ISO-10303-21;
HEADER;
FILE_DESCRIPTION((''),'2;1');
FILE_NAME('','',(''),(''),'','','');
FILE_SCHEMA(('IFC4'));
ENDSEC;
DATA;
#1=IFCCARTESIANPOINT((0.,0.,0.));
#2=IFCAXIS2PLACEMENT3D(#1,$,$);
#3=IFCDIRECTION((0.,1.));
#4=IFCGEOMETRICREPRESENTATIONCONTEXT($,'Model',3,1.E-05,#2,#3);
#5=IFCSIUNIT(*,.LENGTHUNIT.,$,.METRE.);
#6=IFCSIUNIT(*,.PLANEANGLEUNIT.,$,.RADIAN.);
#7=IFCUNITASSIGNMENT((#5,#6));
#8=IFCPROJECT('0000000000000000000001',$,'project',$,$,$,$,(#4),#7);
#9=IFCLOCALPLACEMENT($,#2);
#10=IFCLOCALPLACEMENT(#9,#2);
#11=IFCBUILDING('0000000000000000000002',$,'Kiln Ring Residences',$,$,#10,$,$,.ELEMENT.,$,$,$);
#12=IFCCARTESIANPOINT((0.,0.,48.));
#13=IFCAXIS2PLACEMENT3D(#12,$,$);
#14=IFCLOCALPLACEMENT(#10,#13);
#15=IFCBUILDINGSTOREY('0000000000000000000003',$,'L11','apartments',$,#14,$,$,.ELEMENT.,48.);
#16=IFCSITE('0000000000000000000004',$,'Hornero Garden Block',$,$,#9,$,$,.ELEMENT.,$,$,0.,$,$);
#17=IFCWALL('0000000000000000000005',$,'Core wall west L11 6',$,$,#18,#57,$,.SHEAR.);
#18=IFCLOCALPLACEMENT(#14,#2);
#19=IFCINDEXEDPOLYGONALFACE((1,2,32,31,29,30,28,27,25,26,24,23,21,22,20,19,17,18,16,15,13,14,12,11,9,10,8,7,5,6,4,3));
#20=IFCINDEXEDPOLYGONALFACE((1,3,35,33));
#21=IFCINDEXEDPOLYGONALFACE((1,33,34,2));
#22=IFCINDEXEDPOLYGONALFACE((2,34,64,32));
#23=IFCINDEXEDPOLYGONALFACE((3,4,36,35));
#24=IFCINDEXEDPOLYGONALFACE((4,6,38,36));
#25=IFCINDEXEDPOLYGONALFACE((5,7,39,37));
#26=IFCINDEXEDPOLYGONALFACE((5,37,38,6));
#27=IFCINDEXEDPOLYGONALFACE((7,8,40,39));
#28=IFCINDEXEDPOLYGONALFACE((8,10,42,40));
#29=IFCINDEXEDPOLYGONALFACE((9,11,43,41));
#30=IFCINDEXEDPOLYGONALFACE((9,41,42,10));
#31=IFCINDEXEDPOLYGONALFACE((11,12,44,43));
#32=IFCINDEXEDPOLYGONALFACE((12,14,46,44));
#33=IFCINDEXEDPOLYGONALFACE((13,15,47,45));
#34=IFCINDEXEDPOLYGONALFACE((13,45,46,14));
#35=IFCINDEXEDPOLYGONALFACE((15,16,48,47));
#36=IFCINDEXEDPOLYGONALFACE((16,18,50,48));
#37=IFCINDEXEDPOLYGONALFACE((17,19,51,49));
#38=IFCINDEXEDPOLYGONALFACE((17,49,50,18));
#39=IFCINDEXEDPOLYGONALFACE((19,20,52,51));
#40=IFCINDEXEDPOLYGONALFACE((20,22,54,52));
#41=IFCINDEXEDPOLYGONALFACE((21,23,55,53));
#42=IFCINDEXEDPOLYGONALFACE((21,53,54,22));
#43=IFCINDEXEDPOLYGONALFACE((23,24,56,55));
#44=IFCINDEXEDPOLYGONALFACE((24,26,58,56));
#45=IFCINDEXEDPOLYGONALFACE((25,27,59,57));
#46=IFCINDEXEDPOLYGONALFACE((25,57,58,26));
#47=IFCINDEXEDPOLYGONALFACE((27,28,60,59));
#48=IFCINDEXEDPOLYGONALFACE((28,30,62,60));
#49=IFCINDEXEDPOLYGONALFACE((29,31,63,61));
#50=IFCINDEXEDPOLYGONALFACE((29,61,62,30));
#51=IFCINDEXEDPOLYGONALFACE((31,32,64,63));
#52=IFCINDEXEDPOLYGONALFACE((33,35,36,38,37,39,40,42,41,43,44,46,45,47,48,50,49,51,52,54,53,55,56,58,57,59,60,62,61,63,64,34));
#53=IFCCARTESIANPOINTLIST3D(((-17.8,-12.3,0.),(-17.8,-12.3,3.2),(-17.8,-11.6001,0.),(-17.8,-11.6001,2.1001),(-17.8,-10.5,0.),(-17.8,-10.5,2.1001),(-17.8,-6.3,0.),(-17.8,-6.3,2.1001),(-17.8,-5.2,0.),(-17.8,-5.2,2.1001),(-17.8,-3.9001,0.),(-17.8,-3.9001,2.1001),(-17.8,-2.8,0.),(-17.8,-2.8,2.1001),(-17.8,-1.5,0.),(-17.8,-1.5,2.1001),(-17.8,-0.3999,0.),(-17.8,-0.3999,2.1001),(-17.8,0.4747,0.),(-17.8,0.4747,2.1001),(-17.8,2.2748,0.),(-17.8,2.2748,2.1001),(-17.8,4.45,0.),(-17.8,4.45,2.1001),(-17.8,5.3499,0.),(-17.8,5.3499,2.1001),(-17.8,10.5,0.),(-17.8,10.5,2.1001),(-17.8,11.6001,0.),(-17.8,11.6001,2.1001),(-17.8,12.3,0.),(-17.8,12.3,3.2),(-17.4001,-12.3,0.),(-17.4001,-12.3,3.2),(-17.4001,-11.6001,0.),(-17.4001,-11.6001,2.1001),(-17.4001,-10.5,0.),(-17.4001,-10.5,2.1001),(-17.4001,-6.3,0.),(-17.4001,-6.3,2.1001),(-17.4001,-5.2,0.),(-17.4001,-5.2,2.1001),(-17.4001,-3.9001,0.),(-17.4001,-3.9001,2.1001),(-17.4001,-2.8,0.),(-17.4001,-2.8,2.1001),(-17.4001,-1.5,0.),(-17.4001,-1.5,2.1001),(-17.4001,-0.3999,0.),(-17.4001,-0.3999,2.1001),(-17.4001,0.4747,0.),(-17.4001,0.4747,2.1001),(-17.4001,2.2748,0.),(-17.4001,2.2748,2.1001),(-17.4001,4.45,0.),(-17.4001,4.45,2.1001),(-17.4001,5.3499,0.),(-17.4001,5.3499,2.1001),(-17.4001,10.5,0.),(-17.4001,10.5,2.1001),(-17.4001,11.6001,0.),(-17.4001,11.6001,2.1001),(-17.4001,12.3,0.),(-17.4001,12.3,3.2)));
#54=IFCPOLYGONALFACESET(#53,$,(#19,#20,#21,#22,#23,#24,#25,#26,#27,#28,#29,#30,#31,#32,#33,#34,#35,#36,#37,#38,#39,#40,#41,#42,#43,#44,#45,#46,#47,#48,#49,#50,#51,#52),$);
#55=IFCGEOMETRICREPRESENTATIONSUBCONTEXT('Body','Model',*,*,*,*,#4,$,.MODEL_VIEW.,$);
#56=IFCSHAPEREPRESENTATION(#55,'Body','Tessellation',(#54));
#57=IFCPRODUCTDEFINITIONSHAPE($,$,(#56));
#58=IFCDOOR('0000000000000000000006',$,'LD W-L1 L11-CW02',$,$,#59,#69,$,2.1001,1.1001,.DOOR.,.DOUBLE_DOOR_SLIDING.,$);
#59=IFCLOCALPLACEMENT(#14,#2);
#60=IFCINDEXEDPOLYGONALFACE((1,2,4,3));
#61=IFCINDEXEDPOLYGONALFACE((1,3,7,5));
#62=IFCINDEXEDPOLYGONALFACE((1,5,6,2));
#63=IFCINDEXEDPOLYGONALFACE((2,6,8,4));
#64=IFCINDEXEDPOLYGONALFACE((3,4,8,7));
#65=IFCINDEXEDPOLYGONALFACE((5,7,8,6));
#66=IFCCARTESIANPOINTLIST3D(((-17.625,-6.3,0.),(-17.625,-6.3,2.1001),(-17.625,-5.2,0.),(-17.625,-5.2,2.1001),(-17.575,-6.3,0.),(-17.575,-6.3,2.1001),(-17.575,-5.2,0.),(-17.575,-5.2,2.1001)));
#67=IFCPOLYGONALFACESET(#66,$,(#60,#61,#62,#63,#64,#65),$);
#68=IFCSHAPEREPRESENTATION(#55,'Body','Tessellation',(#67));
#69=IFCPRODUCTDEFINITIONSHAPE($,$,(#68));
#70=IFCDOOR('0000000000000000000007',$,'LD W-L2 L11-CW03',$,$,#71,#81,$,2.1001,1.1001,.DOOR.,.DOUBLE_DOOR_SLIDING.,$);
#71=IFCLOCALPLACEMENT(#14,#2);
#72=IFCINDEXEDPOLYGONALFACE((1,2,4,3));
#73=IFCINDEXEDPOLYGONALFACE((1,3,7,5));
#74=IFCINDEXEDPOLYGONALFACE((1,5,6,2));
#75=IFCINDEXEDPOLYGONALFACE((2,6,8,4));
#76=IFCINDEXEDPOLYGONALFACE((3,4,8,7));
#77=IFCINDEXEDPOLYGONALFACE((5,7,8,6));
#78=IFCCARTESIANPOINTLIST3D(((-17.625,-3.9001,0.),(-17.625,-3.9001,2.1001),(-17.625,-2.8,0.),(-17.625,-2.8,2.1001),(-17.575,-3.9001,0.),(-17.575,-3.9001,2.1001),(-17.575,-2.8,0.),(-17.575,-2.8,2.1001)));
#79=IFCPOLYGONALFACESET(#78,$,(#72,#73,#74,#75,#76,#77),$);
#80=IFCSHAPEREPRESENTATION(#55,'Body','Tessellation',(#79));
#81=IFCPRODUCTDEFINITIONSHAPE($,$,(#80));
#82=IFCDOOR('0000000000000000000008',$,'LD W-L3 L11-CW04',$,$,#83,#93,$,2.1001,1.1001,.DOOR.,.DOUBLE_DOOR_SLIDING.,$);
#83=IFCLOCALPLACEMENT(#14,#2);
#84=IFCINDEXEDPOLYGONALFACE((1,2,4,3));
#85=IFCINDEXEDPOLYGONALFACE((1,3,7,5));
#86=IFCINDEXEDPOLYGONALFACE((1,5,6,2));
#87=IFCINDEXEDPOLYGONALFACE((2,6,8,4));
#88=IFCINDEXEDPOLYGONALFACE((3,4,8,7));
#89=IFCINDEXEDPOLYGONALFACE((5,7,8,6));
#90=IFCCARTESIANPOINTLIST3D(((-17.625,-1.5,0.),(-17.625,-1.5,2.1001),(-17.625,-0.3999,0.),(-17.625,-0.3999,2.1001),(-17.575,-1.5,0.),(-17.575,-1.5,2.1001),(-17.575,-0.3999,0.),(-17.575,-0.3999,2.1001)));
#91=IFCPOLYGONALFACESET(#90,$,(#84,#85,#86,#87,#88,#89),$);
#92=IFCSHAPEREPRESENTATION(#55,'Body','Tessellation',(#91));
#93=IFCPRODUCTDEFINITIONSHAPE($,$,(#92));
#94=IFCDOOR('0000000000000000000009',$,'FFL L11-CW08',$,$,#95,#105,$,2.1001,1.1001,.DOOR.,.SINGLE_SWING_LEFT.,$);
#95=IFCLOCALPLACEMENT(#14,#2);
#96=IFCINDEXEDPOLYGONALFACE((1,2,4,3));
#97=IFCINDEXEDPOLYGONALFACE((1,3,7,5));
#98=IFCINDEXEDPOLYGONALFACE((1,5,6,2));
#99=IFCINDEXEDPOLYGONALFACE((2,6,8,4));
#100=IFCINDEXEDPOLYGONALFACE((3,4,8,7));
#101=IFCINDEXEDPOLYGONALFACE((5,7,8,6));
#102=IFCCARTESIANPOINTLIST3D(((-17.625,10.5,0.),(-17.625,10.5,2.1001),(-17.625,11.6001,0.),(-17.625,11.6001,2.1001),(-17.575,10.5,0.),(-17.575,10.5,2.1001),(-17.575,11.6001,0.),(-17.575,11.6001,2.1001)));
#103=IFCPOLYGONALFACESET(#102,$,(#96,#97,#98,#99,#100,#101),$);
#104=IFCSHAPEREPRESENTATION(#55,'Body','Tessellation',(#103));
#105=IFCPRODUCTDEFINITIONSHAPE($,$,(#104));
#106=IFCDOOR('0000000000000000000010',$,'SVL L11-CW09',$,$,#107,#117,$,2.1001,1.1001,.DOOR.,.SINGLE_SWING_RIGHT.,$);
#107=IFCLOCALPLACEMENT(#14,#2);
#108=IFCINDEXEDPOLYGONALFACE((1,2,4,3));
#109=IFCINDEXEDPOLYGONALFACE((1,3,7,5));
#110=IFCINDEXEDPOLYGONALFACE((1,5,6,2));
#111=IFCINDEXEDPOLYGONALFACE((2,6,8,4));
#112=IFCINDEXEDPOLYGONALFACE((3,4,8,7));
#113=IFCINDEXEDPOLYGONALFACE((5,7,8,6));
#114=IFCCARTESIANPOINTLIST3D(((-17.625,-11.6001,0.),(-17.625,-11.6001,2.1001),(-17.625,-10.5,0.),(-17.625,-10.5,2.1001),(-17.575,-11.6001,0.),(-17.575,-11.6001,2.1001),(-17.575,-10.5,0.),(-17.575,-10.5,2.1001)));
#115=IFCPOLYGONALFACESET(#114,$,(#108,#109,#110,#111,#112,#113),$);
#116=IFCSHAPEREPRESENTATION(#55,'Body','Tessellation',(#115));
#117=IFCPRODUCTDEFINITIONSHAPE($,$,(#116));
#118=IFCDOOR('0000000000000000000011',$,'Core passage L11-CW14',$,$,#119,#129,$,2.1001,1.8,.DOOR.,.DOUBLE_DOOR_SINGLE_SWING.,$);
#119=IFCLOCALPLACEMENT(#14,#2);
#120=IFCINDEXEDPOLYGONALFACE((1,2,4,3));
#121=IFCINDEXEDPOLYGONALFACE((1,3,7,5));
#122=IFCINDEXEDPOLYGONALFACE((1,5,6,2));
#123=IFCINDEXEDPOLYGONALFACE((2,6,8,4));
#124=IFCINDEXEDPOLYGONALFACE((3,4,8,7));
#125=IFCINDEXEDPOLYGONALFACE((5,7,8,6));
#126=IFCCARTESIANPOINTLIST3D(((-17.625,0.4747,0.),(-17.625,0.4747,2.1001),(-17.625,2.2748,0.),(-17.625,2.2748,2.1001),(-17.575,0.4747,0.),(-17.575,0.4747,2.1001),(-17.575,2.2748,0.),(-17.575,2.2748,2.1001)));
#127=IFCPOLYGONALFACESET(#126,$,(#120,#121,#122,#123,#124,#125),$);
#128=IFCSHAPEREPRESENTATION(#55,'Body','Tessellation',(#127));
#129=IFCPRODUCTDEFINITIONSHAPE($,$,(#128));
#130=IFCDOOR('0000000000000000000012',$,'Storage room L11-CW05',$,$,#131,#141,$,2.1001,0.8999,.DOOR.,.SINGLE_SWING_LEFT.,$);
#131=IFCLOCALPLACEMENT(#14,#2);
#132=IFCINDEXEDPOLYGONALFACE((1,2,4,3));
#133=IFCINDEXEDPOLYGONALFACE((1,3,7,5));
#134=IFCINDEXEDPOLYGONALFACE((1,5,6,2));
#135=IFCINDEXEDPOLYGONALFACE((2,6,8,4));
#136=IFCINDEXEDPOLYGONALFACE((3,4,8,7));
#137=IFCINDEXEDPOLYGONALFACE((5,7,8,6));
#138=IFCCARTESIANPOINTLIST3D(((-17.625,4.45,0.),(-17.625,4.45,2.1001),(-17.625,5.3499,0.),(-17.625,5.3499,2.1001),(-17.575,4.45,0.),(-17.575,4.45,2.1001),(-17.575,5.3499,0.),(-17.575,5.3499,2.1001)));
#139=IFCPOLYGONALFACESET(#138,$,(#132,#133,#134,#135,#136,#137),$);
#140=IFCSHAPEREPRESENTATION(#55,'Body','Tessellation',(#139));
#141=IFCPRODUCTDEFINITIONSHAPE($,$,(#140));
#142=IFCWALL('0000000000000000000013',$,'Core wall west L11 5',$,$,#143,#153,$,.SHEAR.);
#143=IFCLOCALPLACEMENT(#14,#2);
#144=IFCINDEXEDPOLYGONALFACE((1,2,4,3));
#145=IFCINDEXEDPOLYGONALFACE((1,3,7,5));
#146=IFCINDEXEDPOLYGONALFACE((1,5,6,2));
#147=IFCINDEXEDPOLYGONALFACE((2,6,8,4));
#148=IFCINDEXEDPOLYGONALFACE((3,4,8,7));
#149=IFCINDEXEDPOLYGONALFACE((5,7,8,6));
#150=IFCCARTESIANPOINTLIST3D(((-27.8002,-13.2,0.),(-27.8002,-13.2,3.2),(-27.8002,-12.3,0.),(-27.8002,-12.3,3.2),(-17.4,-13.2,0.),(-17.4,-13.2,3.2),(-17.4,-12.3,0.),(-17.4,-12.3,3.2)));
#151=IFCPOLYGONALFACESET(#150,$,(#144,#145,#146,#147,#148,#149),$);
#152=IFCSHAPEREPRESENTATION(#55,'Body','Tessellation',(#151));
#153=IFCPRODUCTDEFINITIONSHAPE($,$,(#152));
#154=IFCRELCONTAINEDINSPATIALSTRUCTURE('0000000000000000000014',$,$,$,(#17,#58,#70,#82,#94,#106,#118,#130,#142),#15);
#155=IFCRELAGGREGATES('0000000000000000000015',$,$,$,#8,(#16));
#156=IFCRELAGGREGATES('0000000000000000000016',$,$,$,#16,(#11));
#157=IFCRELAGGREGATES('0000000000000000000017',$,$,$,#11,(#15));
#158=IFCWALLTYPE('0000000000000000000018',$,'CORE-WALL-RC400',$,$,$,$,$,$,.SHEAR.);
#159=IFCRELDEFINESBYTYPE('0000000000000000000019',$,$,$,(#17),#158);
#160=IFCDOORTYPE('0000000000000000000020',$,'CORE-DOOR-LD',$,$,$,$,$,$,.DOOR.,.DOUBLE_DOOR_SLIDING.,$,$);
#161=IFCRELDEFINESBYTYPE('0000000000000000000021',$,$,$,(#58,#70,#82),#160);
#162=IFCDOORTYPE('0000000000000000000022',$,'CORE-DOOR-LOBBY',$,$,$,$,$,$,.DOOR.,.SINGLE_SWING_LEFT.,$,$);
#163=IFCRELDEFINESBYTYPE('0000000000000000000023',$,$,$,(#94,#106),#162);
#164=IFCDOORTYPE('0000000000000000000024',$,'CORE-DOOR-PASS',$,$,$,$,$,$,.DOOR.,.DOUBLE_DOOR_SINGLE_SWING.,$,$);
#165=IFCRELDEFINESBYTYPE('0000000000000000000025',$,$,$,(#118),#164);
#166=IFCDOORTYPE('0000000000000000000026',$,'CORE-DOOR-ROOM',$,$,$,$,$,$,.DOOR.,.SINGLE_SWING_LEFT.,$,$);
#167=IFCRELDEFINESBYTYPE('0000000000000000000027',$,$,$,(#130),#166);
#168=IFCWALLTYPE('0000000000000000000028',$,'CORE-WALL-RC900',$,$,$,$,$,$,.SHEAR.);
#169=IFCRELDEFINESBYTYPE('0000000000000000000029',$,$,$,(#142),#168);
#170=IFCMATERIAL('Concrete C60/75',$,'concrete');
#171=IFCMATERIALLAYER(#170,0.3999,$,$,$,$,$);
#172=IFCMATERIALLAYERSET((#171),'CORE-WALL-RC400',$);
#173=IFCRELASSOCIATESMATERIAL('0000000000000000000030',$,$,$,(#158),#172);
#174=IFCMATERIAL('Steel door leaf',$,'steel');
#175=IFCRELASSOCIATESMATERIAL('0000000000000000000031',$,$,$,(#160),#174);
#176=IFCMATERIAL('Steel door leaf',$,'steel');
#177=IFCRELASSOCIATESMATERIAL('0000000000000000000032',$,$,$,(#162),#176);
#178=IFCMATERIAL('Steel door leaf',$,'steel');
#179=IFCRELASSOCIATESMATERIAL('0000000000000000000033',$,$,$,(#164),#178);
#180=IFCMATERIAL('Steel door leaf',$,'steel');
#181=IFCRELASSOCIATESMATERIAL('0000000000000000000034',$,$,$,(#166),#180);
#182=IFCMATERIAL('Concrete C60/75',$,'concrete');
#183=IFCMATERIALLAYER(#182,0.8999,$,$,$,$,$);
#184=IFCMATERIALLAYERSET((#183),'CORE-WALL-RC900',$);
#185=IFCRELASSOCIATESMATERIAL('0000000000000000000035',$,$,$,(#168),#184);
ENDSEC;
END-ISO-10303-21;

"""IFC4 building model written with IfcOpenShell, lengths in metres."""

from ifc_helpers import new_model, si_unit, direction, frame, frame_2d, origin, place, context, subcontext, project, spatial, rectangle, extrude, material, layer, layer_set, type_object, element, fill, save


model = new_model("IFC4")

# Units and contexts
model_context = context("Model", 3, precision=1e-05, world=origin(), true_north=direction((0.0, 1.0)))
body_context = subcontext(model_context, "Body", "Model", "MODEL_VIEW")
ifc_project = project(units=[si_unit("LENGTHUNIT", "METRE"), si_unit("PLANEANGLEUNIT", "RADIAN")], contexts=[model_context])

# Site, building, storey
site_placement = place(None, origin())
site = spatial("IfcSite", under=ifc_project, at=site_placement, Name="Hornero Garden Block", CompositionType="ELEMENT", RefElevation=0.0)
building_placement = place(site_placement, origin())
building = spatial("IfcBuilding", under=site, at=building_placement, Name="Kiln Ring Residences", CompositionType="ELEMENT")
storey_placement = place(building_placement, frame((0.0, 0.0, 48.0)))
storey = spatial("IfcBuildingStorey", under=building, at=storey_placement, Name="L11", Description="apartments", CompositionType="ELEMENT", Elevation=48.0)

# Wall, openings, doors
ifc_material_1 = material(Name="Concrete C60/75", Category="concrete")
ifc_layer_1 = layer(ifc_material_1, 0.3999)
ifc_layer_set_1 = layer_set([ifc_layer_1], Name="CORE-WALL-RC400")
wall_type_1 = type_object("IfcWallType", Name="CORE-WALL-RC400", PredefinedType="SHEAR", material=ifc_layer_set_1)
wall_1_placement = place(storey_placement, frame((-17.6001, -12.3, 0.0), z_axis=(0.0, 0.0, 1.0), x_axis=(0.0, 1.0, 0.0)))
wall_1 = element("IfcWall", 1, at=wall_1_placement, inside=storey, type_object=wall_type_1, Name="Core wall west L11 6", PredefinedType="SHEAR", context=body_context, shape_type="SweptSolid", body=[
    extrude(rectangle(XDim=24.6001, YDim=0.3999, at=frame_2d((12.3, 0.0))), origin(), (0.0, 0.0, 1.0), 3.2),
])
opening_1_placement = place(wall_1_placement, frame((6.0, 0.0, 0.0)))
opening_1 = element("IfcOpeningElement", 2, at=opening_1_placement, cuts=wall_1, PredefinedType="OPENING", context=body_context, shape_type="SweptSolid", body=[
    extrude(rectangle(XDim=1.1001, YDim=2.1001, at=frame_2d((0.55, 1.05))), frame((0.0, 0.21, 0.0), z_axis=(0.0, -1.0, 0.0), x_axis=(1.0, 0.0, 0.0)), (0.0, 0.0, 1.0), 0.4199),
])
opening_2_placement = place(wall_1_placement, frame((8.3999, 0.0, 0.0)))
opening_2 = element("IfcOpeningElement", 3, at=opening_2_placement, cuts=wall_1, PredefinedType="OPENING", context=body_context, shape_type="SweptSolid", body=[
    extrude(rectangle(XDim=1.1001, YDim=2.1001, at=frame_2d((0.55, 1.05))), frame((0.0, 0.21, 0.0), z_axis=(0.0, -1.0, 0.0), x_axis=(1.0, 0.0, 0.0)), (0.0, 0.0, 1.0), 0.4199),
])
opening_3_placement = place(wall_1_placement, frame((10.8, 0.0, 0.0)))
opening_3 = element("IfcOpeningElement", 4, at=opening_3_placement, cuts=wall_1, PredefinedType="OPENING", context=body_context, shape_type="SweptSolid", body=[
    extrude(rectangle(XDim=1.1001, YDim=2.1001, at=frame_2d((0.55, 1.05))), frame((0.0, 0.21, 0.0), z_axis=(0.0, -1.0, 0.0), x_axis=(1.0, 0.0, 0.0)), (0.0, 0.0, 1.0), 0.4199),
])
opening_4_placement = place(wall_1_placement, frame((16.75, 0.0, 0.0)))
opening_4 = element("IfcOpeningElement", 5, at=opening_4_placement, cuts=wall_1, PredefinedType="OPENING", context=body_context, shape_type="SweptSolid", body=[
    extrude(rectangle(XDim=0.8999, YDim=2.1001, at=frame_2d((0.45, 1.05))), frame((0.0, 0.21, 0.0), z_axis=(0.0, -1.0, 0.0), x_axis=(1.0, 0.0, 0.0)), (0.0, 0.0, 1.0), 0.4199),
])
opening_5_placement = place(wall_1_placement, frame((22.8, 0.0, 0.0)))
opening_5 = element("IfcOpeningElement", 6, at=opening_5_placement, cuts=wall_1, PredefinedType="OPENING", context=body_context, shape_type="SweptSolid", body=[
    extrude(rectangle(XDim=1.1001, YDim=2.1001, at=frame_2d((0.55, 1.05))), frame((0.0, 0.21, 0.0), z_axis=(0.0, -1.0, 0.0), x_axis=(1.0, 0.0, 0.0)), (0.0, 0.0, 1.0), 0.4199),
])
opening_6_placement = place(wall_1_placement, frame((0.7, 0.0, 0.0)))
opening_6 = element("IfcOpeningElement", 7, at=opening_6_placement, cuts=wall_1, PredefinedType="OPENING", context=body_context, shape_type="SweptSolid", body=[
    extrude(rectangle(XDim=1.1001, YDim=2.1001, at=frame_2d((0.55, 1.05))), frame((0.0, 0.21, 0.0), z_axis=(0.0, -1.0, 0.0), x_axis=(1.0, 0.0, 0.0)), (0.0, 0.0, 1.0), 0.4199),
])
opening_7_placement = place(wall_1_placement, frame((12.7749, 0.0, 0.0)))
opening_7 = element("IfcOpeningElement", 8, at=opening_7_placement, cuts=wall_1, PredefinedType="OPENING", context=body_context, shape_type="SweptSolid", body=[
    extrude(rectangle(XDim=1.8, YDim=2.1001, at=frame_2d((0.8999, 1.05))), frame((0.0, 0.21, 0.0), z_axis=(0.0, -1.0, 0.0), x_axis=(1.0, 0.0, 0.0)), (0.0, 0.0, 1.0), 0.4199),
])
ifc_material_2 = material(Name="Steel door leaf", Category="steel")
door_type_1 = type_object("IfcDoorType", Name="CORE-DOOR-LD", OperationType="DOUBLE_DOOR_SLIDING", PredefinedType="DOOR", material=ifc_material_2)
door_1_placement = place(opening_1_placement, origin())
door_1 = element("IfcDoor", 9, at=door_1_placement, inside=storey, type_object=door_type_1, Name="LD W-L1 L11-CW02", OperationType="DOUBLE_DOOR_SLIDING", OverallHeight=2.1001, OverallWidth=1.1001, PredefinedType="DOOR", context=body_context, shape_type="SweptSolid", body=[
    extrude(rectangle(XDim=1.1001, YDim=2.1001, at=frame_2d((0.55, 1.05))), frame((0.0, 0.0249, 0.0), z_axis=(0.0, -1.0, 0.0), x_axis=(1.0, 0.0, 0.0)), (0.0, 0.0, 1.0), 0.05),
])
fill(opening_1, door_1)
door_2_placement = place(opening_2_placement, origin())
door_2 = element("IfcDoor", 10, at=door_2_placement, inside=storey, type_object=door_type_1, Name="LD W-L2 L11-CW03", OperationType="DOUBLE_DOOR_SLIDING", OverallHeight=2.1001, OverallWidth=1.1001, PredefinedType="DOOR", context=body_context, shape_type="SweptSolid", body=[
    extrude(rectangle(XDim=1.1001, YDim=2.1001, at=frame_2d((0.55, 1.05))), frame((0.0, 0.0249, 0.0), z_axis=(0.0, -1.0, 0.0), x_axis=(1.0, 0.0, 0.0)), (0.0, 0.0, 1.0), 0.05),
])
fill(opening_2, door_2)
door_3_placement = place(opening_3_placement, origin())
door_3 = element("IfcDoor", 11, at=door_3_placement, inside=storey, type_object=door_type_1, Name="LD W-L3 L11-CW04", OperationType="DOUBLE_DOOR_SLIDING", OverallHeight=2.1001, OverallWidth=1.1001, PredefinedType="DOOR", context=body_context, shape_type="SweptSolid", body=[
    extrude(rectangle(XDim=1.1001, YDim=2.1001, at=frame_2d((0.55, 1.05))), frame((0.0, 0.0249, 0.0), z_axis=(0.0, -1.0, 0.0), x_axis=(1.0, 0.0, 0.0)), (0.0, 0.0, 1.0), 0.05),
])
fill(opening_3, door_3)
ifc_material_3 = material(Name="Steel door leaf", Category="steel")
door_type_2 = type_object("IfcDoorType", Name="CORE-DOOR-LOBBY", OperationType="SINGLE_SWING_LEFT", PredefinedType="DOOR", material=ifc_material_3)
door_4_placement = place(opening_5_placement, origin())
door_4 = element("IfcDoor", 12, at=door_4_placement, inside=storey, type_object=door_type_2, Name="FFL L11-CW08", OperationType="SINGLE_SWING_LEFT", OverallHeight=2.1001, OverallWidth=1.1001, PredefinedType="DOOR", context=body_context, shape_type="SweptSolid", body=[
    extrude(rectangle(XDim=1.1001, YDim=2.1001, at=frame_2d((0.55, 1.05))), frame((0.0, 0.0249, 0.0), z_axis=(0.0, -1.0, 0.0), x_axis=(1.0, 0.0, 0.0)), (0.0, 0.0, 1.0), 0.05),
])
fill(opening_5, door_4)
door_5_placement = place(opening_6_placement, origin())
door_5 = element("IfcDoor", 13, at=door_5_placement, inside=storey, type_object=door_type_2, Name="SVL L11-CW09", OperationType="SINGLE_SWING_RIGHT", OverallHeight=2.1001, OverallWidth=1.1001, PredefinedType="DOOR", context=body_context, shape_type="SweptSolid", body=[
    extrude(rectangle(XDim=1.1001, YDim=2.1001, at=frame_2d((0.55, 1.05))), frame((0.0, 0.0249, 0.0), z_axis=(0.0, -1.0, 0.0), x_axis=(1.0, 0.0, 0.0)), (0.0, 0.0, 1.0), 0.05),
])
fill(opening_6, door_5)
ifc_material_4 = material(Name="Steel door leaf", Category="steel")
door_type_3 = type_object("IfcDoorType", Name="CORE-DOOR-PASS", OperationType="DOUBLE_DOOR_SINGLE_SWING", PredefinedType="DOOR", material=ifc_material_4)
door_6_placement = place(opening_7_placement, origin())
door_6 = element("IfcDoor", 14, at=door_6_placement, inside=storey, type_object=door_type_3, Name="Core passage L11-CW14", OperationType="DOUBLE_DOOR_SINGLE_SWING", OverallHeight=2.1001, OverallWidth=1.8, PredefinedType="DOOR", context=body_context, shape_type="SweptSolid", body=[
    extrude(rectangle(XDim=1.8, YDim=2.1001, at=frame_2d((0.8999, 1.05))), frame((0.0, 0.0249, 0.0), z_axis=(0.0, -1.0, 0.0), x_axis=(1.0, 0.0, 0.0)), (0.0, 0.0, 1.0), 0.05),
])
fill(opening_7, door_6)
ifc_material_5 = material(Name="Steel door leaf", Category="steel")
door_type_4 = type_object("IfcDoorType", Name="CORE-DOOR-ROOM", OperationType="SINGLE_SWING_LEFT", PredefinedType="DOOR", material=ifc_material_5)
door_7_placement = place(opening_4_placement, origin())
door_7 = element("IfcDoor", 15, at=door_7_placement, inside=storey, type_object=door_type_4, Name="Storage room L11-CW05", OperationType="SINGLE_SWING_LEFT", OverallHeight=2.1001, OverallWidth=0.8999, PredefinedType="DOOR", context=body_context, shape_type="SweptSolid", body=[
    extrude(rectangle(XDim=0.8999, YDim=2.1001, at=frame_2d((0.45, 1.05))), frame((0.0, 0.0249, 0.0), z_axis=(0.0, -1.0, 0.0), x_axis=(1.0, 0.0, 0.0)), (0.0, 0.0, 1.0), 0.05),
])
fill(opening_4, door_7)

# Wall
ifc_material_6 = material(Name="Concrete C60/75", Category="concrete")
ifc_layer_2 = layer(ifc_material_6, 0.8999)
ifc_layer_set_2 = layer_set([ifc_layer_2], Name="CORE-WALL-RC900")
wall_type_2 = type_object("IfcWallType", Name="CORE-WALL-RC900", PredefinedType="SHEAR", material=ifc_layer_set_2)
wall_2_placement = place(storey_placement, frame((-17.3999, -12.75, 0.0), z_axis=(0.0, 0.0, 1.0), x_axis=(-1.0, 0.0, 0.0)))
element("IfcWall", 16, at=wall_2_placement, inside=storey, type_object=wall_type_2, Name="Core wall west L11 5", PredefinedType="SHEAR", context=body_context, shape_type="SweptSolid", body=[
    extrude(rectangle(XDim=10.4001, YDim=0.8999, at=frame_2d((5.2002, 0.0))), origin(), (0.0, 0.0, 1.0), 3.2),
])

save(model, "model.ifc")
